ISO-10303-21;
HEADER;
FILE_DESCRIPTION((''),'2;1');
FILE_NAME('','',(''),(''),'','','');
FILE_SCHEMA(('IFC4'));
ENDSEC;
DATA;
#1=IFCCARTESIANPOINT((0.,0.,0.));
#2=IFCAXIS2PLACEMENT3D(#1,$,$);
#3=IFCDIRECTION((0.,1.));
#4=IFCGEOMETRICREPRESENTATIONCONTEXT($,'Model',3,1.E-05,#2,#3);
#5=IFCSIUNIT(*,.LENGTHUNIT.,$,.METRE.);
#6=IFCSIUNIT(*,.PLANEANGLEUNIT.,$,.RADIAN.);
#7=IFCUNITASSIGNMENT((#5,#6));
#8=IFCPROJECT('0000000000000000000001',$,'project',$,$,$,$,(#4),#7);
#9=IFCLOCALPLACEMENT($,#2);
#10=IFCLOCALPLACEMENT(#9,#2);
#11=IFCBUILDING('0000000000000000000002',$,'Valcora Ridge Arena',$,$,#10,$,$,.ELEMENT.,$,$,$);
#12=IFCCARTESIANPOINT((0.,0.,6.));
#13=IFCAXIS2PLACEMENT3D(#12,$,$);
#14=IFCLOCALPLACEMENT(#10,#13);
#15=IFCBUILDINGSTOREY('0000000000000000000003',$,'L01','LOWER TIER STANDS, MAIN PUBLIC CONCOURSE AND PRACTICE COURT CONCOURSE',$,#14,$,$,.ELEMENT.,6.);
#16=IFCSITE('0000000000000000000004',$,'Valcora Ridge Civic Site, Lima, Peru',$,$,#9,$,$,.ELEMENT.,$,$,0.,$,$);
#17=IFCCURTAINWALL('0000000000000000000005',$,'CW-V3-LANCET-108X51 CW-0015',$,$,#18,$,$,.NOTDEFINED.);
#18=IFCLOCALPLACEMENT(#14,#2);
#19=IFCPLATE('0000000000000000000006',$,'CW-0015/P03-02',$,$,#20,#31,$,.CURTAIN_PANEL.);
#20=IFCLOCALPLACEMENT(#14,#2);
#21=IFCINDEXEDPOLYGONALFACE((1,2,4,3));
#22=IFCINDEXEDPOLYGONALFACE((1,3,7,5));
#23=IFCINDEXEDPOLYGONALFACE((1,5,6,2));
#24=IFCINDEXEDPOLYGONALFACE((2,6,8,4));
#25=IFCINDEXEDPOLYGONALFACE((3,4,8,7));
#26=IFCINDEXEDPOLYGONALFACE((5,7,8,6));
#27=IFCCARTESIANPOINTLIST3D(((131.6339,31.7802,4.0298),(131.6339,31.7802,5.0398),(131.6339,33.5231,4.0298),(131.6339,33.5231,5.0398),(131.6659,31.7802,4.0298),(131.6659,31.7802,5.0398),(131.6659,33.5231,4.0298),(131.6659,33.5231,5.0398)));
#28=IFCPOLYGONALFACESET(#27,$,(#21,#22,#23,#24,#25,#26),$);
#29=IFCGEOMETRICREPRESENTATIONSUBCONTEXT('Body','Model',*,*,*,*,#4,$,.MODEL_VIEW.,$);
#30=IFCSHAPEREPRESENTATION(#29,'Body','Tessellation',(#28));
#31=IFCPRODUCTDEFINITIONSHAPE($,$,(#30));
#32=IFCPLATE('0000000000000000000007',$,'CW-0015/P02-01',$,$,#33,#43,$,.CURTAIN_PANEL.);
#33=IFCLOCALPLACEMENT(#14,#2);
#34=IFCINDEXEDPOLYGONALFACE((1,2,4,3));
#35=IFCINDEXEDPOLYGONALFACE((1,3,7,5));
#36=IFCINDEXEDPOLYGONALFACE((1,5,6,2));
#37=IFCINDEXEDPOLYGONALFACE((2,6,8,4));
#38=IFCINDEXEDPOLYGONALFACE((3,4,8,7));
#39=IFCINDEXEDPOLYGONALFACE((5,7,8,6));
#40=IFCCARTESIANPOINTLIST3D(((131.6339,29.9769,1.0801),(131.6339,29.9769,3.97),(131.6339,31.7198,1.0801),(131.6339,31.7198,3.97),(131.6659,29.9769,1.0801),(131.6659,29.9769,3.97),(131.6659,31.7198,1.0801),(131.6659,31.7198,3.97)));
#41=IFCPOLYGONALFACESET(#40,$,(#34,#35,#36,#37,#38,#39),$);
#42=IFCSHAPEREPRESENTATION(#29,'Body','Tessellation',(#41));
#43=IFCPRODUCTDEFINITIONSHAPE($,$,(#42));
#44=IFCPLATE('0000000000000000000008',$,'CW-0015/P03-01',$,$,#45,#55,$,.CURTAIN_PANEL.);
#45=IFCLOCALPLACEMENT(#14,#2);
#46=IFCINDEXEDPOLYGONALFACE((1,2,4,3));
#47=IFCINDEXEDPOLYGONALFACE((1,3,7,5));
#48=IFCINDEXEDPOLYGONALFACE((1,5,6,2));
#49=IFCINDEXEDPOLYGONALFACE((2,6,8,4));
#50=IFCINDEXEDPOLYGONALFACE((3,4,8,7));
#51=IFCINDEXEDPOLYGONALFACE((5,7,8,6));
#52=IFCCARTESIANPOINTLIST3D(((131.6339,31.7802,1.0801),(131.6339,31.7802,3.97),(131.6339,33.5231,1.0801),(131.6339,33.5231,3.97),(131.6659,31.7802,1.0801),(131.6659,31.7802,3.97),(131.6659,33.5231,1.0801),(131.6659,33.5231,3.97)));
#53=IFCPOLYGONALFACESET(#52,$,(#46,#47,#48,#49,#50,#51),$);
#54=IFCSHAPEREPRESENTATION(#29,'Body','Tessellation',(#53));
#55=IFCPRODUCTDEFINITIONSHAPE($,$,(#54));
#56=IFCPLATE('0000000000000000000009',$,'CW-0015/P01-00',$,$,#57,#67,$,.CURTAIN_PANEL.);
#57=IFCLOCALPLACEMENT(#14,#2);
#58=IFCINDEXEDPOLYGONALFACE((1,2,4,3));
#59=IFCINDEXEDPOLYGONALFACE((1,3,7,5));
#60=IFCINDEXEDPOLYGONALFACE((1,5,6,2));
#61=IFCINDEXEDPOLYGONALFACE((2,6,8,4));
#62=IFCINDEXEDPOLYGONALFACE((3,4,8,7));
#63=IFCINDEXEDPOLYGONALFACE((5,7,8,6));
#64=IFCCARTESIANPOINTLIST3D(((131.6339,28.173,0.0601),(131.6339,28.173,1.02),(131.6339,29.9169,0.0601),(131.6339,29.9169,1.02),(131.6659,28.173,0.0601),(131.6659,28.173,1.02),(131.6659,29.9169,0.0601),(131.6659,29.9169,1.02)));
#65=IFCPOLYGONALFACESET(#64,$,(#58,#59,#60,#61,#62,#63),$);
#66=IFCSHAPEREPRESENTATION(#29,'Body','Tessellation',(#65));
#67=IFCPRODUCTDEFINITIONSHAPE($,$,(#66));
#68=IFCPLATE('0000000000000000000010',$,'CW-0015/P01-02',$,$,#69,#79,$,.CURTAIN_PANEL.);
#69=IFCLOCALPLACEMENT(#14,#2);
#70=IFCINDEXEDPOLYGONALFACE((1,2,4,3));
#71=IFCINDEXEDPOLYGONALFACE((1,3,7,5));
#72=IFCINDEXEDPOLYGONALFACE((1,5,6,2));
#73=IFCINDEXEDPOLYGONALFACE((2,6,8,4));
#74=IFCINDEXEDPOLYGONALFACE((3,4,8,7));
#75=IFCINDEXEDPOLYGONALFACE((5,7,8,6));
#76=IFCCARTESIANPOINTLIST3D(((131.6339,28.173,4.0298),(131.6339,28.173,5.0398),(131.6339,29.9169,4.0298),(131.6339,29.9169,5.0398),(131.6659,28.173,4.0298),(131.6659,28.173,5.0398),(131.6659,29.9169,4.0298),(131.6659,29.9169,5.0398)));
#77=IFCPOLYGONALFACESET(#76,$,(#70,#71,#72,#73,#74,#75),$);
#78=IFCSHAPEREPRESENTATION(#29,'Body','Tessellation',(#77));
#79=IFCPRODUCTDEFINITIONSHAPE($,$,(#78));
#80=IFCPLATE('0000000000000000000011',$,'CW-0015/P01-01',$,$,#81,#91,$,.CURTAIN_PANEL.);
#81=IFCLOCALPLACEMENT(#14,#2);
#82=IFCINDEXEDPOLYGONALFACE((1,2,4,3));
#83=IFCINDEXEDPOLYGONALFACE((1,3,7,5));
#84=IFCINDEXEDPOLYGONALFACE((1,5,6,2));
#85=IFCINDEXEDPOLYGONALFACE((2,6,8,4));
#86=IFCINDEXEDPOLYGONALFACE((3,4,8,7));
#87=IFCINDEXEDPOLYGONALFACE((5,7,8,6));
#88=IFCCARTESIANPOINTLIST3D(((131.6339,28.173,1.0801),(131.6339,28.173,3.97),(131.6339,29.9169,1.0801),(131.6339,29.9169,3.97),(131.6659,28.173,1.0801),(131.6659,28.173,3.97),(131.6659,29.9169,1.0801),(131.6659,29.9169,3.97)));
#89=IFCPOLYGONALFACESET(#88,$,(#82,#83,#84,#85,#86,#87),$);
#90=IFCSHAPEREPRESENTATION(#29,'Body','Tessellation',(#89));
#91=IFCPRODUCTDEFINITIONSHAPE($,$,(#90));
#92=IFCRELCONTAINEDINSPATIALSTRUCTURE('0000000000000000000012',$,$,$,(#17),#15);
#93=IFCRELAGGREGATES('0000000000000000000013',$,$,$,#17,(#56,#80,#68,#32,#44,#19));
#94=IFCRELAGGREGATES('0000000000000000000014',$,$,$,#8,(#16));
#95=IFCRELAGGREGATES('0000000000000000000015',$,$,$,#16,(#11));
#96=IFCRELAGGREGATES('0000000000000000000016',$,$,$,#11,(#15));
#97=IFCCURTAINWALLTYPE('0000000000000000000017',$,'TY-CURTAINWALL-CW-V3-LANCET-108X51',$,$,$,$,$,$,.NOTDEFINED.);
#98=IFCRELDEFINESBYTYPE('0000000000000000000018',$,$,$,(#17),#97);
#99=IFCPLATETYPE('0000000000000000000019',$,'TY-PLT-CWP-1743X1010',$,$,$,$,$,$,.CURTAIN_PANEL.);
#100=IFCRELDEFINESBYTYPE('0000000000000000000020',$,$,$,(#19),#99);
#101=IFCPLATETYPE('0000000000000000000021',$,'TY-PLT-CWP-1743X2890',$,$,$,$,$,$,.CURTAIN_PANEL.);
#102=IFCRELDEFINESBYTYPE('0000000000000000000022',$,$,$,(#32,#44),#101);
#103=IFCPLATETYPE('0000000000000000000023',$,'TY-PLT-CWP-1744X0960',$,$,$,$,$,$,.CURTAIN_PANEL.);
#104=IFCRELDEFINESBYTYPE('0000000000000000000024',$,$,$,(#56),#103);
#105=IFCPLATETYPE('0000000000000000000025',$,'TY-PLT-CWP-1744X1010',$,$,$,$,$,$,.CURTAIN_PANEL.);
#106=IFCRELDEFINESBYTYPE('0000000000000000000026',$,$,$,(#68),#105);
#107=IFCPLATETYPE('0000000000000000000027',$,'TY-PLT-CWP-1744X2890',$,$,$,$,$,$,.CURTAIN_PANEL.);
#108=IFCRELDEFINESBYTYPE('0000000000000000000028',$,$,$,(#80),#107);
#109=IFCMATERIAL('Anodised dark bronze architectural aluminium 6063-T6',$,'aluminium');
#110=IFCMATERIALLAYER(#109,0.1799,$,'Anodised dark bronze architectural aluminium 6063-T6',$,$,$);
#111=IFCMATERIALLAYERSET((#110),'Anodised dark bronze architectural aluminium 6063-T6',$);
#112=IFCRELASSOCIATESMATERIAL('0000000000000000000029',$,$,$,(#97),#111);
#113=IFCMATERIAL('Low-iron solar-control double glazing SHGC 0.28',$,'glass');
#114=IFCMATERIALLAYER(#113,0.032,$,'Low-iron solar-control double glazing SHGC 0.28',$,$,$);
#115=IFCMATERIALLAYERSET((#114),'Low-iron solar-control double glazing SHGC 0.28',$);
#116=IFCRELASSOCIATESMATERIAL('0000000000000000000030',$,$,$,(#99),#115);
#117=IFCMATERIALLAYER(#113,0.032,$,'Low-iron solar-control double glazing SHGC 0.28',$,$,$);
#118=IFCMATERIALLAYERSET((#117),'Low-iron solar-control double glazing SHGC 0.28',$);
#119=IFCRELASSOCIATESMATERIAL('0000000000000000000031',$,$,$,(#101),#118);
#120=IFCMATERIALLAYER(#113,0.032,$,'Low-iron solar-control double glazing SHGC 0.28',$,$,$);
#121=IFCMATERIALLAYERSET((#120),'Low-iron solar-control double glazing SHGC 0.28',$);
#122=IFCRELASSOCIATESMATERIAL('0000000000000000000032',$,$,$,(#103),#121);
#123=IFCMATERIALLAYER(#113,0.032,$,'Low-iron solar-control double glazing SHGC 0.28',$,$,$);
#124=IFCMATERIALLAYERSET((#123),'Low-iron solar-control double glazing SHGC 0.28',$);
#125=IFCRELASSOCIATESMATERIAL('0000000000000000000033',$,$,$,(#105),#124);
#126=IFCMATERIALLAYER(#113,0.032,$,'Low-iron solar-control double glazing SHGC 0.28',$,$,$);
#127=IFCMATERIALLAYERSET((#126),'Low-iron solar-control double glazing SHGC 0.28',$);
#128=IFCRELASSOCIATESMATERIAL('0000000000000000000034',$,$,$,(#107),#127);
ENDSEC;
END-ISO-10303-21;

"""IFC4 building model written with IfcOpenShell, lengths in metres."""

from ifc_helpers import new_model, si_unit, direction, frame, origin, origin_2d, place, context, subcontext, project, spatial, rectangle, extrude, material, layer, layer_set, type_object, element, aggregate, save


model = new_model("IFC4")

# Units and contexts
model_context = context("Model", 3, precision=1e-05, world=origin(), true_north=direction((0.0, 1.0)))
body_context = subcontext(model_context, "Body", "Model", "MODEL_VIEW")
ifc_project = project(units=[si_unit("LENGTHUNIT", "METRE"), si_unit("PLANEANGLEUNIT", "RADIAN")], contexts=[model_context])

# Site, building, storey
site_placement = place(None, origin())
site = spatial("IfcSite", under=ifc_project, at=site_placement, Name="Valcora Ridge Civic Site, Lima, Peru", CompositionType="ELEMENT", RefElevation=0.0)
building_placement = place(site_placement, origin())
building = spatial("IfcBuilding", under=site, at=building_placement, Name="Valcora Ridge Arena", CompositionType="ELEMENT")
storey_placement = place(building_placement, frame((0.0, 0.0, 6.0)))
storey = spatial("IfcBuildingStorey", under=building, at=storey_placement, Name="L01", Description="LOWER TIER STANDS, MAIN PUBLIC CONCOURSE AND PRACTICE COURT CONCOURSE", CompositionType="ELEMENT", Elevation=6.0)

# Curtain wall, plates
ifc_material_1 = material(Name="Anodised dark bronze architectural aluminium 6063-T6", Category="aluminium")
ifc_layer_1 = layer(ifc_material_1, 0.1799, Name="Anodised dark bronze architectural aluminium 6063-T6")
ifc_layer_set_1 = layer_set([ifc_layer_1], Name="Anodised dark bronze architectural aluminium 6063-T6")
curtain_wall_type = type_object("IfcCurtainWallType", Name="TY-CURTAINWALL-CW-V3-LANCET-108X51", PredefinedType="NOTDEFINED", material=ifc_layer_set_1)
curtain_wall_placement = place(storey_placement, origin())
curtain_wall = element("IfcCurtainWall", 1, at=curtain_wall_placement, inside=storey, type_object=curtain_wall_type, Name="CW-V3-LANCET-108X51 CW-0015", PredefinedType="NOTDEFINED")
ifc_material_2 = material(Name="Low-iron solar-control double glazing SHGC 0.28", Category="glass")
ifc_layer_2 = layer(ifc_material_2, 0.032, Name="Low-iron solar-control double glazing SHGC 0.28")
ifc_layer_set_2 = layer_set([ifc_layer_2], Name="Low-iron solar-control double glazing SHGC 0.28")
plate_type_1 = type_object("IfcPlateType", Name="TY-PLT-CWP-1743X1010", PredefinedType="CURTAIN_PANEL", material=ifc_layer_set_2)
plate_1_placement = place(storey_placement, frame((131.6499, 32.6516, 4.0298), z_axis=(0.0, 0.0, 1.0), x_axis=(0.0, 1.0, 0.0)))
plate_1 = element("IfcPlate", 2, at=plate_1_placement, type_object=plate_type_1, Name="CW-0015/P03-02", PredefinedType="CURTAIN_PANEL", context=body_context, shape_type="SweptSolid", body=[
    extrude(rectangle(XDim=1.7429, YDim=0.032, at=origin_2d()), origin(), (0.0, 0.0, 1.0), 1.01),
])
ifc_layer_3 = layer(ifc_material_2, 0.032, Name="Low-iron solar-control double glazing SHGC 0.28")
ifc_layer_set_3 = layer_set([ifc_layer_3], Name="Low-iron solar-control double glazing SHGC 0.28")
plate_type_2 = type_object("IfcPlateType", Name="TY-PLT-CWP-1743X2890", PredefinedType="CURTAIN_PANEL", material=ifc_layer_set_3)
plate_2_placement = place(storey_placement, frame((131.6499, 30.8484, 1.0801), z_axis=(0.0, 0.0, 1.0), x_axis=(0.0, 1.0, 0.0)))
plate_2 = element("IfcPlate", 3, at=plate_2_placement, type_object=plate_type_2, Name="CW-0015/P02-01", PredefinedType="CURTAIN_PANEL", context=body_context, shape_type="SweptSolid", body=[
    extrude(rectangle(XDim=1.7429, YDim=0.032, at=origin_2d()), origin(), (0.0, 0.0, 1.0), 2.8899),
])
plate_3_placement = place(storey_placement, frame((131.6499, 32.6516, 1.0801), z_axis=(0.0, 0.0, 1.0), x_axis=(0.0, 1.0, 0.0)))
plate_3 = element("IfcPlate", 4, at=plate_3_placement, type_object=plate_type_2, Name="CW-0015/P03-01", PredefinedType="CURTAIN_PANEL", context=body_context, shape_type="SweptSolid", body=[
    extrude(rectangle(XDim=1.7429, YDim=0.032, at=origin_2d()), origin(), (0.0, 0.0, 1.0), 2.8899),
])
ifc_layer_4 = layer(ifc_material_2, 0.032, Name="Low-iron solar-control double glazing SHGC 0.28")
ifc_layer_set_4 = layer_set([ifc_layer_4], Name="Low-iron solar-control double glazing SHGC 0.28")
plate_type_3 = type_object("IfcPlateType", Name="TY-PLT-CWP-1744X0960", PredefinedType="CURTAIN_PANEL", material=ifc_layer_set_4)
plate_4_placement = place(storey_placement, frame((131.6499, 29.0449, 0.0601), z_axis=(0.0, 0.0, 1.0), x_axis=(0.0, 1.0, 0.0)))
plate_4 = element("IfcPlate", 5, at=plate_4_placement, type_object=plate_type_3, Name="CW-0015/P01-00", PredefinedType="CURTAIN_PANEL", context=body_context, shape_type="SweptSolid", body=[
    extrude(rectangle(XDim=1.7439, YDim=0.032, at=origin_2d()), origin(), (0.0, 0.0, 1.0), 0.96),
])
ifc_layer_5 = layer(ifc_material_2, 0.032, Name="Low-iron solar-control double glazing SHGC 0.28")
ifc_layer_set_5 = layer_set([ifc_layer_5], Name="Low-iron solar-control double glazing SHGC 0.28")
plate_type_4 = type_object("IfcPlateType", Name="TY-PLT-CWP-1744X1010", PredefinedType="CURTAIN_PANEL", material=ifc_layer_set_5)
plate_5_placement = place(storey_placement, frame((131.6499, 29.0449, 4.0298), z_axis=(0.0, 0.0, 1.0), x_axis=(0.0, 1.0, 0.0)))
plate_5 = element("IfcPlate", 6, at=plate_5_placement, type_object=plate_type_4, Name="CW-0015/P01-02", PredefinedType="CURTAIN_PANEL", context=body_context, shape_type="SweptSolid", body=[
    extrude(rectangle(XDim=1.7439, YDim=0.032, at=origin_2d()), origin(), (0.0, 0.0, 1.0), 1.01),
])
ifc_layer_6 = layer(ifc_material_2, 0.032, Name="Low-iron solar-control double glazing SHGC 0.28")
ifc_layer_set_6 = layer_set([ifc_layer_6], Name="Low-iron solar-control double glazing SHGC 0.28")
plate_type_5 = type_object("IfcPlateType", Name="TY-PLT-CWP-1744X2890", PredefinedType="CURTAIN_PANEL", material=ifc_layer_set_6)
plate_6_placement = place(storey_placement, frame((131.6499, 29.0449, 1.0801), z_axis=(0.0, 0.0, 1.0), x_axis=(0.0, 1.0, 0.0)))
plate_6 = element("IfcPlate", 7, at=plate_6_placement, type_object=plate_type_5, Name="CW-0015/P01-01", PredefinedType="CURTAIN_PANEL", context=body_context, shape_type="SweptSolid", body=[
    extrude(rectangle(XDim=1.7439, YDim=0.032, at=origin_2d()), origin(), (0.0, 0.0, 1.0), 2.8899),
])
aggregate(curtain_wall, [plate_4, plate_6, plate_5, plate_2, plate_3, plate_1])

save(model, "model.ifc")
